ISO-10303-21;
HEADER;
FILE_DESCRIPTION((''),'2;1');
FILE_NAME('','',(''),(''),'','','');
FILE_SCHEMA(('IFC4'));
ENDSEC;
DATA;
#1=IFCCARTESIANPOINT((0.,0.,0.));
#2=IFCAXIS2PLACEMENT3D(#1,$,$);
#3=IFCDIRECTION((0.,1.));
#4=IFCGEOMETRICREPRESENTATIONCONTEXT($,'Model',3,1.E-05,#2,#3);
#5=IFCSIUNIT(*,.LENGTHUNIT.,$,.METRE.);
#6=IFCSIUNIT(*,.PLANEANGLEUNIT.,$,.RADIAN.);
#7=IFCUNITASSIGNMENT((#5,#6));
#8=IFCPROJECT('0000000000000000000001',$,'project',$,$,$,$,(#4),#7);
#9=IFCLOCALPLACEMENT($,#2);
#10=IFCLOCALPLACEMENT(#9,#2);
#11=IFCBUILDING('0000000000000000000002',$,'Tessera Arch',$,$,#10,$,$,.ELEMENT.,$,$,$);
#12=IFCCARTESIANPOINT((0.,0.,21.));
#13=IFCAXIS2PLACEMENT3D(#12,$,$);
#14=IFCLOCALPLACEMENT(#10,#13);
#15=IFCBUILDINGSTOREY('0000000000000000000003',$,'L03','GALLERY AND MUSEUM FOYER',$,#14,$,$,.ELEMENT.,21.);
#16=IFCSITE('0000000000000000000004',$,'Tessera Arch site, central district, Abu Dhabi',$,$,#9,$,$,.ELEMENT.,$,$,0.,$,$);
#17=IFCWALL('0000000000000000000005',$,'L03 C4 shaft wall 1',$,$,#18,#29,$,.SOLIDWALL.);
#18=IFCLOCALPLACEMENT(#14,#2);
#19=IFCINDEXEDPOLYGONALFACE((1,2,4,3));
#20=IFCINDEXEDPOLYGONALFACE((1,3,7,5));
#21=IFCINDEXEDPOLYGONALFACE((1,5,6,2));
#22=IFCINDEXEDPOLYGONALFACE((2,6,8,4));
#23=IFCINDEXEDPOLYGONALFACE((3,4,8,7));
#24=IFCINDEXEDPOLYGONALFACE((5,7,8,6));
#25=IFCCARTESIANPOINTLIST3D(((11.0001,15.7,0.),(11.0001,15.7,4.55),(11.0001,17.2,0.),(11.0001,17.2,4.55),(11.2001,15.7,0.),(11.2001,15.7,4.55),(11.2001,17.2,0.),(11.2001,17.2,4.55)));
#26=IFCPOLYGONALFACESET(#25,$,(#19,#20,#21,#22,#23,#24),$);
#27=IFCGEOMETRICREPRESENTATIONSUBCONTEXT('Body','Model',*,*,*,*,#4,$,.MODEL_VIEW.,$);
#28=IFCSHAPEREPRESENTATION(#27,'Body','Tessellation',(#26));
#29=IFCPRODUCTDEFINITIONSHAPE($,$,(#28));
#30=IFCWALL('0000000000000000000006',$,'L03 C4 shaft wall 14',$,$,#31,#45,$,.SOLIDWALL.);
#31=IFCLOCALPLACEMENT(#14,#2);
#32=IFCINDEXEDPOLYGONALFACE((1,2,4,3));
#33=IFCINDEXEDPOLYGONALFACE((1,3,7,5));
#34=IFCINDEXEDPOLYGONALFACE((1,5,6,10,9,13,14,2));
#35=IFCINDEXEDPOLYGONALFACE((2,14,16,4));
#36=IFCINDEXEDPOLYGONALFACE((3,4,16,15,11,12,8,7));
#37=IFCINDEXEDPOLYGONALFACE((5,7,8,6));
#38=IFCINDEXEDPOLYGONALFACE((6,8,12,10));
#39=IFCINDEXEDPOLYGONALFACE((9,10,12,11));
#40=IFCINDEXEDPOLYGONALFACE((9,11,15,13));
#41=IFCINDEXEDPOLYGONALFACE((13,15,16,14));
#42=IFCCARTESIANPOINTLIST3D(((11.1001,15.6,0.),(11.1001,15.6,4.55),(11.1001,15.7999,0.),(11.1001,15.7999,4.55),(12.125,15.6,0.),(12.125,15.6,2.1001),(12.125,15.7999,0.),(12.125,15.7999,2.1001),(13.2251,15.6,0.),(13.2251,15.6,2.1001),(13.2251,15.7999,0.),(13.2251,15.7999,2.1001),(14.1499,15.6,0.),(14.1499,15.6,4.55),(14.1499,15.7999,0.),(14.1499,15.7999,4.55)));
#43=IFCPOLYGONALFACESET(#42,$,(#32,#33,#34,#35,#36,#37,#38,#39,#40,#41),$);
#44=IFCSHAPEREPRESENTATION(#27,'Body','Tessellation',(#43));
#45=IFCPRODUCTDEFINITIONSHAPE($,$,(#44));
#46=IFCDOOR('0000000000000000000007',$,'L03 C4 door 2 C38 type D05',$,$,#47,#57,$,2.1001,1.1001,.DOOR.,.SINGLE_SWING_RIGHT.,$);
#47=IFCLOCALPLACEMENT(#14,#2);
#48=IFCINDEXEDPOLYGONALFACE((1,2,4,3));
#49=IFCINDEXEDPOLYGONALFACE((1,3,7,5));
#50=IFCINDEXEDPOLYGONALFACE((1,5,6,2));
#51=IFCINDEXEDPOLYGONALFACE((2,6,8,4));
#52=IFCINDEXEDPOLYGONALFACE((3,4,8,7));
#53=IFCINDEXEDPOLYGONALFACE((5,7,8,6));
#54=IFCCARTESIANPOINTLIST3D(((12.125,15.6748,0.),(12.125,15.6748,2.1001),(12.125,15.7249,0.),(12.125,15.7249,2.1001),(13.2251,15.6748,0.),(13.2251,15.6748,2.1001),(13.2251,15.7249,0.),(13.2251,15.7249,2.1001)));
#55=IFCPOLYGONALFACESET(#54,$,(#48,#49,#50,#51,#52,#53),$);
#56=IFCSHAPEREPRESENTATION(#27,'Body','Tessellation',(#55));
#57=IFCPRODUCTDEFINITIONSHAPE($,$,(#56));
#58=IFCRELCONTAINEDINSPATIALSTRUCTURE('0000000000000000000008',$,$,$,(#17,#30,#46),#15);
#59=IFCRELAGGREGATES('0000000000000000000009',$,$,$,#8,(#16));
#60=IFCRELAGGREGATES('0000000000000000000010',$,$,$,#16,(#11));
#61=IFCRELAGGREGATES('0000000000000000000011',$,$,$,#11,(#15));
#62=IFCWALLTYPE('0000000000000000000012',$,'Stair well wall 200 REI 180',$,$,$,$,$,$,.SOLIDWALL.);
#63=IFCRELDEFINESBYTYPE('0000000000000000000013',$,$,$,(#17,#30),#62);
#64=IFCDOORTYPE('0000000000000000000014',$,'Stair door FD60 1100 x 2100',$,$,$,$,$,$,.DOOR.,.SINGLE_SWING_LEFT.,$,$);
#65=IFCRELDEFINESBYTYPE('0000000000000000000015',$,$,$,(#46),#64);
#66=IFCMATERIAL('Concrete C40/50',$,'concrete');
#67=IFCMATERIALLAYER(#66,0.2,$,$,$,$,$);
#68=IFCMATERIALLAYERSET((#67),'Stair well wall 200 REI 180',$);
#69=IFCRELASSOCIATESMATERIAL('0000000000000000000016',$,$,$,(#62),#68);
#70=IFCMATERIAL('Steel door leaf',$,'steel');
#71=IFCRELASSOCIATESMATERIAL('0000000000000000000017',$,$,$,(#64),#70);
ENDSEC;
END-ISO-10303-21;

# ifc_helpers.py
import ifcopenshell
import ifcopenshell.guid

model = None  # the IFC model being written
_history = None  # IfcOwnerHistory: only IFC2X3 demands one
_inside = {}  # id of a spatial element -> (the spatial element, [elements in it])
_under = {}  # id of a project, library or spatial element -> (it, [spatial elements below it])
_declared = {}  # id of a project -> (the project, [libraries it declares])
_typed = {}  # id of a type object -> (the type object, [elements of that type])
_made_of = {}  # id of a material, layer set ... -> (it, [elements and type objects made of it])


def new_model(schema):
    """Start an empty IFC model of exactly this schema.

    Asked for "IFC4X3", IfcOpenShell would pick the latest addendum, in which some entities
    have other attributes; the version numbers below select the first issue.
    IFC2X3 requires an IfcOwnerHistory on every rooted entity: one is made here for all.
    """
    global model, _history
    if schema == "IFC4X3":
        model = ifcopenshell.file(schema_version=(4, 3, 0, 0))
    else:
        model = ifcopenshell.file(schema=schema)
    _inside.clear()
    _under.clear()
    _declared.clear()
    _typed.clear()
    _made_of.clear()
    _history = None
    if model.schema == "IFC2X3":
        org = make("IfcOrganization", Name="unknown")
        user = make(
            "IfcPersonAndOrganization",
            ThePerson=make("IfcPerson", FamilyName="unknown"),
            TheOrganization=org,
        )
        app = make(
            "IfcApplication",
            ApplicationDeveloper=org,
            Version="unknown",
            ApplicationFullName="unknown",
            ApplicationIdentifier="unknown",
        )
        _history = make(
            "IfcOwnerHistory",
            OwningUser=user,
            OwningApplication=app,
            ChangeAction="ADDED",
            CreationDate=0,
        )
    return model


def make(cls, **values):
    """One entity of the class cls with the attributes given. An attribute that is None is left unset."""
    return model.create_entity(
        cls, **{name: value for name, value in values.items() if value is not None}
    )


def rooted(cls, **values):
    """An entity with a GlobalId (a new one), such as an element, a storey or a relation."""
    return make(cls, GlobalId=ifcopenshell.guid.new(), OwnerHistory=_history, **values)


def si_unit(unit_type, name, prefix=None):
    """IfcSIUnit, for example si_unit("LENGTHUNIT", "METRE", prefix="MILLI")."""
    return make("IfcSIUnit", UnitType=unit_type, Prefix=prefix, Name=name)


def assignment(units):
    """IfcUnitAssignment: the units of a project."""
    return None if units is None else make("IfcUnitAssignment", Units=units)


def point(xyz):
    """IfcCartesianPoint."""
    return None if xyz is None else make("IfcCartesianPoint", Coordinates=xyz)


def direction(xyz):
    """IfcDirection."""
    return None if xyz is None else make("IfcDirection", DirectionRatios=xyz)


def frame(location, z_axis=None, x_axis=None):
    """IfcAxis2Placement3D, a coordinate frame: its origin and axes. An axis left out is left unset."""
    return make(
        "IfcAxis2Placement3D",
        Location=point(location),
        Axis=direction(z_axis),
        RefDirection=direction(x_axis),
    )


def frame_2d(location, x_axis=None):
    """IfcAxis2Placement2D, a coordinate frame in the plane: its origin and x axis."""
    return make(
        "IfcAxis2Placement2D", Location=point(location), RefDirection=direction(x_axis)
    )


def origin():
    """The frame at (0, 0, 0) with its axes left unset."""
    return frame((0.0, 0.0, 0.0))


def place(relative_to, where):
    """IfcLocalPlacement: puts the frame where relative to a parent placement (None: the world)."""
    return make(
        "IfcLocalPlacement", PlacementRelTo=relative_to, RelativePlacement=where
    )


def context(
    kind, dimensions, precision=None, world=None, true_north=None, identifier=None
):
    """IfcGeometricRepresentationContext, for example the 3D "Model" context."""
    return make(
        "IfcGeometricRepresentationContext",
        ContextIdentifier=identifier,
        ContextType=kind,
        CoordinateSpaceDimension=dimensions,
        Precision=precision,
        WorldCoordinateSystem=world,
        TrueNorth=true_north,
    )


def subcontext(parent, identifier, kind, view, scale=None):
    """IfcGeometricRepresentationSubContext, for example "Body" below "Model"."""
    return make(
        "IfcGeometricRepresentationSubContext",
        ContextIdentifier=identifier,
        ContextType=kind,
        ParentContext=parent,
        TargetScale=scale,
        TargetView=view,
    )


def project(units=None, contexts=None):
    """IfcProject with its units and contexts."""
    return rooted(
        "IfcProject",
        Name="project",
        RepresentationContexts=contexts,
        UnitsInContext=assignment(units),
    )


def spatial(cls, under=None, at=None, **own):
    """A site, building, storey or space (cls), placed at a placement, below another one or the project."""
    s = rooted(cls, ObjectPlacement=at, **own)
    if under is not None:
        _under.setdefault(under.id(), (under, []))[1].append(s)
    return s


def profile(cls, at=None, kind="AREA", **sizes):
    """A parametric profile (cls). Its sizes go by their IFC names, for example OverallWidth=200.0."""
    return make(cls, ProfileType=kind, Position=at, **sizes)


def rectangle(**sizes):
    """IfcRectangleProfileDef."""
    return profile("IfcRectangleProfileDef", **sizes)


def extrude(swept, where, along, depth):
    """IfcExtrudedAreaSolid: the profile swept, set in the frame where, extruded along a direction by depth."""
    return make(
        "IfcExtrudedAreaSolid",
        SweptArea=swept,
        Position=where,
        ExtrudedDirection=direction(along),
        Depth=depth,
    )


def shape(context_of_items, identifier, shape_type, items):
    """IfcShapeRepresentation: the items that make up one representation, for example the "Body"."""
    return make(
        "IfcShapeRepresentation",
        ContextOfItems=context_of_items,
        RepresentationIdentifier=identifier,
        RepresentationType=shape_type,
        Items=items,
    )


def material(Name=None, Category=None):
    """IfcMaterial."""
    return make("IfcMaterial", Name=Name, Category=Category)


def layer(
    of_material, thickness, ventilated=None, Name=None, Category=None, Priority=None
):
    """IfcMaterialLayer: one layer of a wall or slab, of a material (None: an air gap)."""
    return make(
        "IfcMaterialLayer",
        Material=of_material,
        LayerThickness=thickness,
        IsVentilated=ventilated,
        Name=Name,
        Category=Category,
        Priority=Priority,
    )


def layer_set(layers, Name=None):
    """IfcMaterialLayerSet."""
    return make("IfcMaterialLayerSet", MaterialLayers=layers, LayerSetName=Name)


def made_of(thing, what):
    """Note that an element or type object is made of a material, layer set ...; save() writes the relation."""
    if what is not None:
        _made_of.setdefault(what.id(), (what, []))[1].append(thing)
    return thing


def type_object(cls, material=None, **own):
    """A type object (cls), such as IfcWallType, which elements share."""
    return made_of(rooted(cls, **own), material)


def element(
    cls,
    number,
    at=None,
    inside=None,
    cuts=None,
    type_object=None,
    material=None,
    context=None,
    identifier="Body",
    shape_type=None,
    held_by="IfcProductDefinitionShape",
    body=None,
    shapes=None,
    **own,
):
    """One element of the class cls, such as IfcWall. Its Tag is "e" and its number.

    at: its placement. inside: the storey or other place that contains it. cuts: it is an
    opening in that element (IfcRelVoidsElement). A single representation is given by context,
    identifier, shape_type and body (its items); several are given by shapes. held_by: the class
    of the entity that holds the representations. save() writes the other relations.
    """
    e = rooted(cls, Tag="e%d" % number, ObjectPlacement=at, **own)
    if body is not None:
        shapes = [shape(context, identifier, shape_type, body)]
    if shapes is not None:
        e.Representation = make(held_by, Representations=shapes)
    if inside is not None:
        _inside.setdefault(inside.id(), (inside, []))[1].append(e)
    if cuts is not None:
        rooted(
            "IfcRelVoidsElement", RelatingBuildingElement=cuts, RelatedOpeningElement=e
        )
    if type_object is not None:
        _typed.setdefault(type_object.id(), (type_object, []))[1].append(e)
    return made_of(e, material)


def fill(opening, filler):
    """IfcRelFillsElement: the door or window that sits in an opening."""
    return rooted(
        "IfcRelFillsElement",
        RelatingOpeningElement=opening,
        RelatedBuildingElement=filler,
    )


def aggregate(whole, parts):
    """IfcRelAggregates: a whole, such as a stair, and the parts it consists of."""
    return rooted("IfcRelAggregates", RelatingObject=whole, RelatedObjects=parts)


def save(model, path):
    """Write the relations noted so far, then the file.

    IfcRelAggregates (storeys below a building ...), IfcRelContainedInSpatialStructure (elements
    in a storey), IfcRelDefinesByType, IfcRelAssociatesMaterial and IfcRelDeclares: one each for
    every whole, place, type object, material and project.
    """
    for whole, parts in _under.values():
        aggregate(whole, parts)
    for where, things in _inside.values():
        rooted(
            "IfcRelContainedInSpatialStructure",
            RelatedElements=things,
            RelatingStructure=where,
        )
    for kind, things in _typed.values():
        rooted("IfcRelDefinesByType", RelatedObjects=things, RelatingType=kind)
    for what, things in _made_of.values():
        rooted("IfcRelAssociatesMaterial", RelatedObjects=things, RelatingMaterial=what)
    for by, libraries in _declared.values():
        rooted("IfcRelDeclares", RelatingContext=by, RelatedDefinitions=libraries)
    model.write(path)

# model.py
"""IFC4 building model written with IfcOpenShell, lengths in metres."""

from ifc_helpers import new_model, si_unit, direction, frame, frame_2d, origin, place, context, subcontext, project, spatial, rectangle, extrude, material, layer, layer_set, type_object, element, fill, save


model = new_model("IFC4")

# Units and contexts
model_context = context("Model", 3, precision=1e-05, world=origin(), true_north=direction((0.0, 1.0)))
body_context = subcontext(model_context, "Body", "Model", "MODEL_VIEW")
ifc_project = project(units=[si_unit("LENGTHUNIT", "METRE"), si_unit("PLANEANGLEUNIT", "RADIAN")], contexts=[model_context])

# Site, building, storey
site_placement = place(None, origin())
site = spatial("IfcSite", under=ifc_project, at=site_placement, Name="Tessera Arch site, central district, Abu Dhabi", CompositionType="ELEMENT", RefElevation=0.0)
building_placement = place(site_placement, origin())
building = spatial("IfcBuilding", under=site, at=building_placement, Name="Tessera Arch", CompositionType="ELEMENT")
storey_placement = place(building_placement, frame((0.0, 0.0, 21.0)))
storey = spatial("IfcBuildingStorey", under=building, at=storey_placement, Name="L03", Description="GALLERY AND MUSEUM FOYER", CompositionType="ELEMENT", Elevation=21.0)

# Wall
ifc_material_1 = material(Name="Concrete C40/50", Category="concrete")
ifc_layer_1 = layer(ifc_material_1, 0.2)
ifc_layer_set_1 = layer_set([ifc_layer_1], Name="Stair well wall 200 REI 180")
wall_type_1 = type_object("IfcWallType", Name="Stair well wall 200 REI 180", PredefinedType="SOLIDWALL", material=ifc_layer_set_1)
wall_1_placement = place(storey_placement, frame((11.1001, 15.7, 0.0), z_axis=(0.0, 0.0, 1.0), x_axis=(0.0, 1.0, 0.0)))
element("IfcWall", 1, at=wall_1_placement, inside=storey, type_object=wall_type_1, Name="L03 C4 shaft wall 1", PredefinedType="SOLIDWALL", context=body_context, shape_type="SweptSolid", body=[
    extrude(rectangle(XDim=1.5, YDim=0.2, at=frame_2d((0.75, 0.0))), origin(), (0.0, 0.0, 1.0), 4.55),
])

# Wall, opening, door
wall_2_placement = place(storey_placement, frame((11.1001, 15.7, 0.0), z_axis=(0.0, 0.0, 1.0), x_axis=(1.0, 0.0, 0.0)))
wall_2 = element("IfcWall", 2, at=wall_2_placement, inside=storey, type_object=wall_type_1, Name="L03 C4 shaft wall 14", PredefinedType="SOLIDWALL", context=body_context, shape_type="SweptSolid", body=[
    extrude(rectangle(XDim=3.0498, YDim=0.2, at=frame_2d((1.5249, 0.0))), origin(), (0.0, 0.0, 1.0), 4.55),
])
opening_1_placement = place(wall_2_placement, frame((1.0249, 0.0, 0.0)))
opening_1 = element("IfcOpeningElement", 3, at=opening_1_placement, cuts=wall_2, PredefinedType="OPENING", context=body_context, shape_type="SweptSolid", body=[
    extrude(rectangle(XDim=1.1001, YDim=2.1001, at=frame_2d((0.55, 1.05))), frame((0.0, 0.1099, 0.0), z_axis=(0.0, -1.0, 0.0), x_axis=(1.0, 0.0, 0.0)), (0.0, 0.0, 1.0), 0.22),
])
ifc_material_2 = material(Name="Steel door leaf", Category="steel")
door_type_1 = type_object("IfcDoorType", Name="Stair door FD60 1100 x 2100", OperationType="SINGLE_SWING_LEFT", PredefinedType="DOOR", material=ifc_material_2)
door_1_placement = place(opening_1_placement, origin())
door_1 = element("IfcDoor", 4, at=door_1_placement, inside=storey, type_object=door_type_1, Name="L03 C4 door 2 C38 type D05", OperationType="SINGLE_SWING_RIGHT", OverallHeight=2.1001, OverallWidth=1.1001, PredefinedType="DOOR", context=body_context, shape_type="SweptSolid", body=[
    extrude(rectangle(XDim=1.1001, YDim=2.1001, at=frame_2d((0.55, 1.05))), frame((0.0, 0.0249, 0.0), z_axis=(0.0, -1.0, 0.0), x_axis=(1.0, 0.0, 0.0)), (0.0, 0.0, 1.0), 0.05),
])
fill(opening_1, door_1)

save(model, "model.ifc")
